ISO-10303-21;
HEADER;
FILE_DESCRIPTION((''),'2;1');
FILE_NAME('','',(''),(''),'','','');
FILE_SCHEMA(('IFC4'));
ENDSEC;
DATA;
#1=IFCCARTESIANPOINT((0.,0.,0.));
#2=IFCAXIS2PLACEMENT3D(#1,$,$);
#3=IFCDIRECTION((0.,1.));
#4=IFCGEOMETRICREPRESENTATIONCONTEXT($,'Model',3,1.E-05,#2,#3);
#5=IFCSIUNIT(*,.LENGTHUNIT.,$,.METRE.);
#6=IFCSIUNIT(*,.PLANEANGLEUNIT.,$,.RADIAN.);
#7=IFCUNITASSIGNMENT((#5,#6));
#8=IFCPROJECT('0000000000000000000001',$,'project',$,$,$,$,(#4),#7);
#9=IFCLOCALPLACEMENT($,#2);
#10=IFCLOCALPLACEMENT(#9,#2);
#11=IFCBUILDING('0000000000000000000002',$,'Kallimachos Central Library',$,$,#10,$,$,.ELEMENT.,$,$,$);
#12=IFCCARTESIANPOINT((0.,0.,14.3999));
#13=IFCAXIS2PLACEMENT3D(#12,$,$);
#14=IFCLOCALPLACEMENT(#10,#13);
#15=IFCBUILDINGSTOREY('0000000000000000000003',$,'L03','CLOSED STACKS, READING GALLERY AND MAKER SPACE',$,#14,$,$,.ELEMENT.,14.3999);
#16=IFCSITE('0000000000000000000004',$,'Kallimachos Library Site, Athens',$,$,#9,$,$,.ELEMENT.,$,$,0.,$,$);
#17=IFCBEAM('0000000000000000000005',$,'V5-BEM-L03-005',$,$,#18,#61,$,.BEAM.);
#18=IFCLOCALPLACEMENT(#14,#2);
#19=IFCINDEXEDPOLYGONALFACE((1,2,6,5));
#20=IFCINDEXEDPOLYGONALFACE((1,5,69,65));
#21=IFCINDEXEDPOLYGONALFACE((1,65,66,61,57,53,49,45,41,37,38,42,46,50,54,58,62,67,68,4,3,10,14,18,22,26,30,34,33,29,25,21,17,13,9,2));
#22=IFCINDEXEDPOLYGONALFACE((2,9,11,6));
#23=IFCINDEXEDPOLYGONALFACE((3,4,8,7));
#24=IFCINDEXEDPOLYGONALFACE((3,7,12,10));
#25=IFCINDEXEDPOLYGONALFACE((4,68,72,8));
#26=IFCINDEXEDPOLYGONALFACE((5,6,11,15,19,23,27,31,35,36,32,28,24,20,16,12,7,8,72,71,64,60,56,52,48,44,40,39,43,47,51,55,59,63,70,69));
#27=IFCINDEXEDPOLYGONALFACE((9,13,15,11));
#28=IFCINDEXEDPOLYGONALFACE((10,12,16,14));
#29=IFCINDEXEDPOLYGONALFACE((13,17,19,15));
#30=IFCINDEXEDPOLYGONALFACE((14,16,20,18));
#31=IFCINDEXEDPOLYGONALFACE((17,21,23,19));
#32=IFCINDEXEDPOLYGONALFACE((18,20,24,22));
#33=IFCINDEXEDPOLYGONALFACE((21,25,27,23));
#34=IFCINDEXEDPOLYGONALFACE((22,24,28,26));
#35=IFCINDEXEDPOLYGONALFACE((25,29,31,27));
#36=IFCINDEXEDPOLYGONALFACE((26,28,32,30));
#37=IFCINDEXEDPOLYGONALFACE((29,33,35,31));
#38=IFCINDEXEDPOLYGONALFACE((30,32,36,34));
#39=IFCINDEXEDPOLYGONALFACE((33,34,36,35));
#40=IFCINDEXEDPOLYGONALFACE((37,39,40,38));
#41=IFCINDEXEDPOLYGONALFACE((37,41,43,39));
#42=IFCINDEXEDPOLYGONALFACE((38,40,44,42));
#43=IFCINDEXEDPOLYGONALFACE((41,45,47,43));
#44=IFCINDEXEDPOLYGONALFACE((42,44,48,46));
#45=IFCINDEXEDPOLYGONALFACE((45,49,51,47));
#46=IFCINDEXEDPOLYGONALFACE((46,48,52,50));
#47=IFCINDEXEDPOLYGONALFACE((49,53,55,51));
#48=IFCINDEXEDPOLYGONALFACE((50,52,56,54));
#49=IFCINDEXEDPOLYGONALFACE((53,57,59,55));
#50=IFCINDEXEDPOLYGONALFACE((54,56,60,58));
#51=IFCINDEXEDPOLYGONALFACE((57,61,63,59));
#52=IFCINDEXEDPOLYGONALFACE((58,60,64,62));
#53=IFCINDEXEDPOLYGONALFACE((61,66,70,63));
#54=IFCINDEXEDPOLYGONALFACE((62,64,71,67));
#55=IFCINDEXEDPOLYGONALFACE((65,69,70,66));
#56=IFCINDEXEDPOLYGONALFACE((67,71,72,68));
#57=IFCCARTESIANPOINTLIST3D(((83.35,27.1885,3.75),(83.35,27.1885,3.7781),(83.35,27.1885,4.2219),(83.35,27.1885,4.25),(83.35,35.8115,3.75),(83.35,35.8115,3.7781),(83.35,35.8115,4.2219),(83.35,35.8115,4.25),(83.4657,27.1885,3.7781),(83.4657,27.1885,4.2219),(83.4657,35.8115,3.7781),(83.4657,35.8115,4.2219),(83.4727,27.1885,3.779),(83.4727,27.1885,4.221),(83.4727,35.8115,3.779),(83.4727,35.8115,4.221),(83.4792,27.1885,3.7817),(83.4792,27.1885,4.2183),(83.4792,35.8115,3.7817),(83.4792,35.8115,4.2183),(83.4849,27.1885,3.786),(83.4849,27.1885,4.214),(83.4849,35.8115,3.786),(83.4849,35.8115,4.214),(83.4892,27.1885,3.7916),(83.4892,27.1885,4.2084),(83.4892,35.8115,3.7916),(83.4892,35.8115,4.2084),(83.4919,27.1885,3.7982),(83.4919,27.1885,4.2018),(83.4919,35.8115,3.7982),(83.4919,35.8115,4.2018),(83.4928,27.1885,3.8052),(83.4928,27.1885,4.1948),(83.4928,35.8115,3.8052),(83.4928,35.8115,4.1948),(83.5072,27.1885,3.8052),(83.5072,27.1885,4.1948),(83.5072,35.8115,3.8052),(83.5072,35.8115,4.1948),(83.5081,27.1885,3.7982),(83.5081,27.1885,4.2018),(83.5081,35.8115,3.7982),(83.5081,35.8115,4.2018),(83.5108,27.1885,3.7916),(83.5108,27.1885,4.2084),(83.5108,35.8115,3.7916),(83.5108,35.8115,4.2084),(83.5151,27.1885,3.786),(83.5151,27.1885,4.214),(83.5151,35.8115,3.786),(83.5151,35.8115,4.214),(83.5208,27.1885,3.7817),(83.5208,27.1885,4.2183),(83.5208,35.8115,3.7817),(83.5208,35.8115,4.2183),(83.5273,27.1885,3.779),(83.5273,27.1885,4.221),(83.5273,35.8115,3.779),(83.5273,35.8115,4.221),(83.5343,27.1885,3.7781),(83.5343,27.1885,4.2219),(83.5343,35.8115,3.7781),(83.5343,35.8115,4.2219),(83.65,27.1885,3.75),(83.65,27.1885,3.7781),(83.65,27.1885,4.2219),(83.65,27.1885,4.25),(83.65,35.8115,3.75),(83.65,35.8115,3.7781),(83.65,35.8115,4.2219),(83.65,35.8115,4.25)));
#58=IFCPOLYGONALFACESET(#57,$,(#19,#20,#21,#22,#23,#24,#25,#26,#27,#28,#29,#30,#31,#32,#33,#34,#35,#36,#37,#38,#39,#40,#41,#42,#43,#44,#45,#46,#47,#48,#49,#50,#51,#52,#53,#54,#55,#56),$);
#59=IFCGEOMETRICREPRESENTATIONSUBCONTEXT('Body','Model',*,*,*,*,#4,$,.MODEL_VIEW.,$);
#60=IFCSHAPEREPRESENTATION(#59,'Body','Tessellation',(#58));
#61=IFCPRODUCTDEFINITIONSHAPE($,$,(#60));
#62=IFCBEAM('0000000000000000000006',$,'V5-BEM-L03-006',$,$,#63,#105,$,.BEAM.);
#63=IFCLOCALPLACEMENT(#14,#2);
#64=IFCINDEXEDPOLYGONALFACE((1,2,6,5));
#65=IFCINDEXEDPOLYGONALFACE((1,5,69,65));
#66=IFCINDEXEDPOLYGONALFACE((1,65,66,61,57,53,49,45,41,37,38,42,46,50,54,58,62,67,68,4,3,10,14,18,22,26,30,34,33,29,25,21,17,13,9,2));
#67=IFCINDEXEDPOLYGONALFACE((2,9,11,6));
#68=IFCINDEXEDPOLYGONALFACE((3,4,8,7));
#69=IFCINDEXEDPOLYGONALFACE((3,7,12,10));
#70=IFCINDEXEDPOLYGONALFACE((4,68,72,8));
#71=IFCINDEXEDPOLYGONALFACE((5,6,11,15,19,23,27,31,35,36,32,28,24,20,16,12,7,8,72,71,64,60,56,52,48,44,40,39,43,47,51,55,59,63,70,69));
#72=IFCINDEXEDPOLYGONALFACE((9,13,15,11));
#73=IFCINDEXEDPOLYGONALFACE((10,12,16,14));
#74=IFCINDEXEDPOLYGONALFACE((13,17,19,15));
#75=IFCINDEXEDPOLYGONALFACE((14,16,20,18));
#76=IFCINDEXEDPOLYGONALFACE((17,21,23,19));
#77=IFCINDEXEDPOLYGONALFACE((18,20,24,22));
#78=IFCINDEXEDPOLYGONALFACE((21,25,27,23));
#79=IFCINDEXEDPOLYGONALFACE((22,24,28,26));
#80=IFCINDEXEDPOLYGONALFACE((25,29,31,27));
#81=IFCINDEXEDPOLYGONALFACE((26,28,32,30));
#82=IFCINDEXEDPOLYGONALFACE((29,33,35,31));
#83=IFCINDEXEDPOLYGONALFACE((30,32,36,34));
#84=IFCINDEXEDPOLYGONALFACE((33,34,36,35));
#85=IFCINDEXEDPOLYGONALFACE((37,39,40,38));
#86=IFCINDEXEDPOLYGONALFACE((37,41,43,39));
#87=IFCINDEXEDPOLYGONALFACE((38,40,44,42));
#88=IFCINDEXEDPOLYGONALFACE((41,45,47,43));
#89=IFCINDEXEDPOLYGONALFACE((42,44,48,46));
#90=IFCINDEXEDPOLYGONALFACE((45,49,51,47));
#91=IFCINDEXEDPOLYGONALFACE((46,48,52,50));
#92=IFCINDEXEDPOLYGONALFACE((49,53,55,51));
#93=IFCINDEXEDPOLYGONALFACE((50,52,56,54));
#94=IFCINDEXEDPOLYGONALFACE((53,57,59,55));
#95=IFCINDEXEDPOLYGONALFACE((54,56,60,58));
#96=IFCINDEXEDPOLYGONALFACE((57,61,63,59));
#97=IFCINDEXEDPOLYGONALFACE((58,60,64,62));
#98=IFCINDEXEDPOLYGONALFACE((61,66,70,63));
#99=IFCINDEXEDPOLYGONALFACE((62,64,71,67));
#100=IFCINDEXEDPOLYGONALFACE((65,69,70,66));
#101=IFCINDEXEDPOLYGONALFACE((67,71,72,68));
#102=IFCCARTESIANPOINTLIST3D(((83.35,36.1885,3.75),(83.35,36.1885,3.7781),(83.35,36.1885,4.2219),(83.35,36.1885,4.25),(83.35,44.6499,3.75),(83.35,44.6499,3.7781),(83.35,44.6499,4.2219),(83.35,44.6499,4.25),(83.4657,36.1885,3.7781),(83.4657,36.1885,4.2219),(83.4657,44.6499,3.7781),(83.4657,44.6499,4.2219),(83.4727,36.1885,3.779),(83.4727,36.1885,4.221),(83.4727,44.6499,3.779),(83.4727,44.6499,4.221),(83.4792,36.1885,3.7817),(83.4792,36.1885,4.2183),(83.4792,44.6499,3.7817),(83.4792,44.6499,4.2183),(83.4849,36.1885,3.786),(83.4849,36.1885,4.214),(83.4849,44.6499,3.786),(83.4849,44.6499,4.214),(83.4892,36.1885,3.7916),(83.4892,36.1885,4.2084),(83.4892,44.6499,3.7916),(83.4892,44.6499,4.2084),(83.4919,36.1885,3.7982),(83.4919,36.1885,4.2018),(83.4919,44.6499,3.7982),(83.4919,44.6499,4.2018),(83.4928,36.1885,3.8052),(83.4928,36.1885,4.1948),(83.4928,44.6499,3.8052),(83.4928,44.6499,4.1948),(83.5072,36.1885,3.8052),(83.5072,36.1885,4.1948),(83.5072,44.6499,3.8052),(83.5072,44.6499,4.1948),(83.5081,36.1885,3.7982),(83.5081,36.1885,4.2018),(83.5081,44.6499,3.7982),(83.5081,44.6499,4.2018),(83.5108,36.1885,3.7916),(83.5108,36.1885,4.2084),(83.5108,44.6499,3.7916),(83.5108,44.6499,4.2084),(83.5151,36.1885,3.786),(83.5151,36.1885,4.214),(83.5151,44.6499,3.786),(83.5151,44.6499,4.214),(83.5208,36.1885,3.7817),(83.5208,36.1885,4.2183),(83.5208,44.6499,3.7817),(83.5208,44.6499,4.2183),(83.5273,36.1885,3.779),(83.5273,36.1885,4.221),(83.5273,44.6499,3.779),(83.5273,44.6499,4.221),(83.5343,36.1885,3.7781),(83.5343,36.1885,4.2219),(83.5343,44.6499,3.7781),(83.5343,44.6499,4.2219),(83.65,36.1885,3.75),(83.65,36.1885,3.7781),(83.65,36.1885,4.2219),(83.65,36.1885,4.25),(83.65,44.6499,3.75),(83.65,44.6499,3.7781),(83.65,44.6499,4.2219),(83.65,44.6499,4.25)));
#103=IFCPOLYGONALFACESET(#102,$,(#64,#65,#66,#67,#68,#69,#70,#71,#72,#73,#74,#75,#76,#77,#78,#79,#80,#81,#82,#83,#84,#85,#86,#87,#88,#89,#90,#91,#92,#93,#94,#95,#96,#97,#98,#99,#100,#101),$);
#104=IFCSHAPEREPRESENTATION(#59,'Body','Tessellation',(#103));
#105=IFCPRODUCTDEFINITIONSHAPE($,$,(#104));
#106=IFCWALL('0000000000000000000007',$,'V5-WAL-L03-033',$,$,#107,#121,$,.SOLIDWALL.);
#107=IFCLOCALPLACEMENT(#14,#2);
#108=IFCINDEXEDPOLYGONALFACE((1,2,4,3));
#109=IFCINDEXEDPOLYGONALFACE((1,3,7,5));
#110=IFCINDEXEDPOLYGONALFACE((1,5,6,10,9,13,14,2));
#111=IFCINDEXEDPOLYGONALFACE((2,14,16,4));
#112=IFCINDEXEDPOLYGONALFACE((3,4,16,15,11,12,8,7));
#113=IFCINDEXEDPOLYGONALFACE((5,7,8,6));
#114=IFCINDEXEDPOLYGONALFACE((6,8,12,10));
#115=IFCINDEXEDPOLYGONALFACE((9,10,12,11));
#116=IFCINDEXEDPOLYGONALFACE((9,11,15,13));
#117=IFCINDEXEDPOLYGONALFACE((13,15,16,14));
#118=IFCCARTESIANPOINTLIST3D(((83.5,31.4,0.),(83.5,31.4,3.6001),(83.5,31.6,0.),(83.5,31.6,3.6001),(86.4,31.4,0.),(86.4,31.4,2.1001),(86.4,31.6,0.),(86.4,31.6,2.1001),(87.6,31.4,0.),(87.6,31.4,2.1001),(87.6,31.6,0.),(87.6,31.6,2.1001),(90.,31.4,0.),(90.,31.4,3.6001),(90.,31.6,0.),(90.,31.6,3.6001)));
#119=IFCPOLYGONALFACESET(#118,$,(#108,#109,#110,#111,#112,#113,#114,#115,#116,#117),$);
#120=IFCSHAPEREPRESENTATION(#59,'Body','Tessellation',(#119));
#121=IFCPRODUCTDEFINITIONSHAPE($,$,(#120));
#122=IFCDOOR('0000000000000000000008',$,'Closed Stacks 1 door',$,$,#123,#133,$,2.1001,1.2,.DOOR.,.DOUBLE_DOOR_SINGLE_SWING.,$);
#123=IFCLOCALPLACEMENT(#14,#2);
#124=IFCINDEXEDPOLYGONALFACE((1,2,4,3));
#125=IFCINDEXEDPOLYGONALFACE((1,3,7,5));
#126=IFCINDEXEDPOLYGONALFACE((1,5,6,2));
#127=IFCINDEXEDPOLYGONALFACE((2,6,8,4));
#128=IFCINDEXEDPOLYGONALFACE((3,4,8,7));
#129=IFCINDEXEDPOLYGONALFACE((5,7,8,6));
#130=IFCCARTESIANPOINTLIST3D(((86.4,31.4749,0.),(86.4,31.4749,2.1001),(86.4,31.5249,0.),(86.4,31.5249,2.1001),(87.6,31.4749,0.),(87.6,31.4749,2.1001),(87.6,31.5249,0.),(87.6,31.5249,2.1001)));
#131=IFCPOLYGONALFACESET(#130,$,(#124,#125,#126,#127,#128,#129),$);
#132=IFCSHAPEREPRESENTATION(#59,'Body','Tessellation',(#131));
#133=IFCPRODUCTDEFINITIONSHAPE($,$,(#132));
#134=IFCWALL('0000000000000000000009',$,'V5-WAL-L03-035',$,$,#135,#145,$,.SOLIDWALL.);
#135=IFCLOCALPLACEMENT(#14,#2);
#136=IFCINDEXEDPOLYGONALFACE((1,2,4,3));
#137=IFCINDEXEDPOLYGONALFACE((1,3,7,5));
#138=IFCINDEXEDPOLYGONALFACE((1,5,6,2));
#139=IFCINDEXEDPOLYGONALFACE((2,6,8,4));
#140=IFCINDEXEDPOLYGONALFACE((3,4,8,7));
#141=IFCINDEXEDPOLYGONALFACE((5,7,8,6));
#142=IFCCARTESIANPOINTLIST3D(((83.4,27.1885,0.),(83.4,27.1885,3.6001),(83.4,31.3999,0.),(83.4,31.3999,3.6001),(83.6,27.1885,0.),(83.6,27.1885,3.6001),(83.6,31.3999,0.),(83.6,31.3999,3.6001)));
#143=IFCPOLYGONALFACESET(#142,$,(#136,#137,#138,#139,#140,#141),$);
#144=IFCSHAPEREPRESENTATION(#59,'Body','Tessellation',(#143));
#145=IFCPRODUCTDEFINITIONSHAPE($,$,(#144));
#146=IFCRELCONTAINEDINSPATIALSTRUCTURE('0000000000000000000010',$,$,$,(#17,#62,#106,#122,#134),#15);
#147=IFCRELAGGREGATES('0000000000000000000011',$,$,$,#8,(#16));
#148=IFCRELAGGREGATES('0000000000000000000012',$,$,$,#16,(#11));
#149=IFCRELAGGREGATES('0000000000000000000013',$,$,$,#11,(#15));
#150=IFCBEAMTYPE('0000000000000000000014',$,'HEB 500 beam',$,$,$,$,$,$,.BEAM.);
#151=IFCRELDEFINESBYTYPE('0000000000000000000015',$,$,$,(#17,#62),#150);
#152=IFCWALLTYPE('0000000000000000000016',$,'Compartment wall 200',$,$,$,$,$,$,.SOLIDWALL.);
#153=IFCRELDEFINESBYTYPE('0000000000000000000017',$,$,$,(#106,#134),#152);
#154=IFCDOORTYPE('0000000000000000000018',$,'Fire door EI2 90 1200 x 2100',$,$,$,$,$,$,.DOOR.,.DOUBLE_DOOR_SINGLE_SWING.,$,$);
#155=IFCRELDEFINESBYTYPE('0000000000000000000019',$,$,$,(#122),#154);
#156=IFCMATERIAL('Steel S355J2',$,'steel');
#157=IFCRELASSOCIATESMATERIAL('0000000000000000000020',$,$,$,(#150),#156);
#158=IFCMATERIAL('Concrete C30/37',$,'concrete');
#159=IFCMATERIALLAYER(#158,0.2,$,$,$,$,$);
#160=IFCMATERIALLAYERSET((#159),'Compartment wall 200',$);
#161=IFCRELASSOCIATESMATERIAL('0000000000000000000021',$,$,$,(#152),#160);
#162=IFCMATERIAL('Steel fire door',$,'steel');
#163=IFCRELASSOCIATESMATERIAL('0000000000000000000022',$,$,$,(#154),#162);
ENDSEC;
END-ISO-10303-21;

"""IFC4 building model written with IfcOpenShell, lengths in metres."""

from ifc_helpers import new_model, si_unit, direction, frame, frame_2d, origin, origin_2d, place, context, subcontext, project, spatial, rectangle, i_section, extrude, material, layer, layer_set, material_profile, profile_set, type_object, element, fill, save


model = new_model("IFC4")

# Units and contexts
model_context = context("Model", 3, precision=1e-05, world=origin(), true_north=direction((0.0, 1.0)))
body_context = subcontext(model_context, "Body", "Model", "MODEL_VIEW")
ifc_project = project(units=[si_unit("LENGTHUNIT", "METRE"), si_unit("PLANEANGLEUNIT", "RADIAN")], contexts=[model_context])

# Site, building, storey
site_placement = place(None, origin())
site = spatial("IfcSite", under=ifc_project, at=site_placement, Name="Kallimachos Library Site, Athens", CompositionType="ELEMENT", RefElevation=0.0)
building_placement = place(site_placement, origin())
building = spatial("IfcBuilding", under=site, at=building_placement, Name="Kallimachos Central Library", CompositionType="ELEMENT")
storey_placement = place(building_placement, frame((0.0, 0.0, 14.3999)))
storey = spatial("IfcBuildingStorey", under=building, at=storey_placement, Name="L03", Description="CLOSED STACKS, READING GALLERY AND MAKER SPACE", CompositionType="ELEMENT", Elevation=14.3999)

# Beams
ifc_material_1 = material(Name="Steel S355J2", Category="steel")
ifc_material_profile_1 = material_profile(ifc_material_1, i_section(OverallWidth=0.3, OverallDepth=0.5, WebThickness=0.0144, FlangeThickness=0.0281, FilletRadius=0.0271, at=origin_2d()), Name="HEB 500")
ifc_profile_set_1 = profile_set([ifc_material_profile_1], Name="Steel S355J2")
beam_type_1 = type_object("IfcBeamType", Name="HEB 500 beam", PredefinedType="BEAM", material=ifc_profile_set_1)
beam_1_placement = place(storey_placement, frame((83.5, 27.1885, 4.0), z_axis=(0.0, 1.0, 0.0), x_axis=(-1.0, 0.0, 0.0)))
element("IfcBeam", 1, at=beam_1_placement, inside=storey, type_object=beam_type_1, Name="V5-BEM-L03-005", PredefinedType="BEAM", context=body_context, shape_type="SweptSolid", body=[
    extrude(i_section(OverallWidth=0.3, OverallDepth=0.5, WebThickness=0.0144, FlangeThickness=0.0281, FilletRadius=0.0271, at=origin_2d()), origin(), (0.0, 0.0, 1.0), 8.623),
])
beam_2_placement = place(storey_placement, frame((83.5, 36.1885, 4.0), z_axis=(0.0, 1.0, 0.0), x_axis=(-1.0, 0.0, 0.0)))
element("IfcBeam", 2, at=beam_2_placement, inside=storey, type_object=beam_type_1, Name="V5-BEM-L03-006", PredefinedType="BEAM", context=body_context, shape_type="SweptSolid", body=[
    extrude(i_section(OverallWidth=0.3, OverallDepth=0.5, WebThickness=0.0144, FlangeThickness=0.0281, FilletRadius=0.0271, at=origin_2d()), origin(), (0.0, 0.0, 1.0), 8.4614),
])

# Wall, opening, door
ifc_material_2 = material(Name="Concrete C30/37", Category="concrete")
ifc_layer_1 = layer(ifc_material_2, 0.2)
ifc_layer_set_1 = layer_set([ifc_layer_1], Name="Compartment wall 200")
wall_type_1 = type_object("IfcWallType", Name="Compartment wall 200", PredefinedType="SOLIDWALL", material=ifc_layer_set_1)
wall_1_placement = place(storey_placement, frame((83.5, 31.5, 0.0), z_axis=(0.0, 0.0, 1.0), x_axis=(1.0, 0.0, 0.0)))
wall_1 = element("IfcWall", 3, at=wall_1_placement, inside=storey, type_object=wall_type_1, Name="V5-WAL-L03-033", PredefinedType="SOLIDWALL", context=body_context, shape_type="SweptSolid", body=[
    extrude(rectangle(XDim=6.5, YDim=0.2, at=frame_2d((3.25, 0.0))), origin(), (0.0, 0.0, 1.0), 3.6001),
])
opening_1_placement = place(wall_1_placement, frame((2.8999, 0.0, 0.0)))
opening_1 = element("IfcOpeningElement", 4, at=opening_1_placement, cuts=wall_1, PredefinedType="OPENING", context=body_context, shape_type="SweptSolid", body=[
    extrude(rectangle(XDim=1.2, YDim=2.1001, at=frame_2d((0.6001, 1.05))), frame((0.0, 0.1099, 0.0), z_axis=(0.0, -1.0, 0.0), x_axis=(1.0, 0.0, 0.0)), (0.0, 0.0, 1.0), 0.22),
])
ifc_material_3 = material(Name="Steel fire door", Category="steel")
door_type = type_object("IfcDoorType", Name="Fire door EI2 90 1200 x 2100", OperationType="DOUBLE_DOOR_SINGLE_SWING", PredefinedType="DOOR", material=ifc_material_3)
door_placement = place(opening_1_placement, origin())
door = element("IfcDoor", 5, at=door_placement, inside=storey, type_object=door_type, Name="Closed Stacks 1 door", OperationType="DOUBLE_DOOR_SINGLE_SWING", OverallHeight=2.1001, OverallWidth=1.2, PredefinedType="DOOR", context=body_context, shape_type="SweptSolid", body=[
    extrude(rectangle(XDim=1.2, YDim=2.1001, at=frame_2d((0.6001, 1.05))), frame((0.0, 0.0249, 0.0), z_axis=(0.0, -1.0, 0.0), x_axis=(1.0, 0.0, 0.0)), (0.0, 0.0, 1.0), 0.05),
])
fill(opening_1, door)

# Wall
wall_2_placement = place(storey_placement, frame((83.5, 27.1885, 0.0), z_axis=(0.0, 0.0, 1.0), x_axis=(0.0, 1.0, 0.0)))
element("IfcWall", 6, at=wall_2_placement, inside=storey, type_object=wall_type_1, Name="V5-WAL-L03-035", PredefinedType="SOLIDWALL", context=body_context, shape_type="SweptSolid", body=[
    extrude(rectangle(XDim=4.2114, YDim=0.2, at=frame_2d((2.1057, 0.0))), origin(), (0.0, 0.0, 1.0), 3.6001),
])

save(model, "model.ifc")
